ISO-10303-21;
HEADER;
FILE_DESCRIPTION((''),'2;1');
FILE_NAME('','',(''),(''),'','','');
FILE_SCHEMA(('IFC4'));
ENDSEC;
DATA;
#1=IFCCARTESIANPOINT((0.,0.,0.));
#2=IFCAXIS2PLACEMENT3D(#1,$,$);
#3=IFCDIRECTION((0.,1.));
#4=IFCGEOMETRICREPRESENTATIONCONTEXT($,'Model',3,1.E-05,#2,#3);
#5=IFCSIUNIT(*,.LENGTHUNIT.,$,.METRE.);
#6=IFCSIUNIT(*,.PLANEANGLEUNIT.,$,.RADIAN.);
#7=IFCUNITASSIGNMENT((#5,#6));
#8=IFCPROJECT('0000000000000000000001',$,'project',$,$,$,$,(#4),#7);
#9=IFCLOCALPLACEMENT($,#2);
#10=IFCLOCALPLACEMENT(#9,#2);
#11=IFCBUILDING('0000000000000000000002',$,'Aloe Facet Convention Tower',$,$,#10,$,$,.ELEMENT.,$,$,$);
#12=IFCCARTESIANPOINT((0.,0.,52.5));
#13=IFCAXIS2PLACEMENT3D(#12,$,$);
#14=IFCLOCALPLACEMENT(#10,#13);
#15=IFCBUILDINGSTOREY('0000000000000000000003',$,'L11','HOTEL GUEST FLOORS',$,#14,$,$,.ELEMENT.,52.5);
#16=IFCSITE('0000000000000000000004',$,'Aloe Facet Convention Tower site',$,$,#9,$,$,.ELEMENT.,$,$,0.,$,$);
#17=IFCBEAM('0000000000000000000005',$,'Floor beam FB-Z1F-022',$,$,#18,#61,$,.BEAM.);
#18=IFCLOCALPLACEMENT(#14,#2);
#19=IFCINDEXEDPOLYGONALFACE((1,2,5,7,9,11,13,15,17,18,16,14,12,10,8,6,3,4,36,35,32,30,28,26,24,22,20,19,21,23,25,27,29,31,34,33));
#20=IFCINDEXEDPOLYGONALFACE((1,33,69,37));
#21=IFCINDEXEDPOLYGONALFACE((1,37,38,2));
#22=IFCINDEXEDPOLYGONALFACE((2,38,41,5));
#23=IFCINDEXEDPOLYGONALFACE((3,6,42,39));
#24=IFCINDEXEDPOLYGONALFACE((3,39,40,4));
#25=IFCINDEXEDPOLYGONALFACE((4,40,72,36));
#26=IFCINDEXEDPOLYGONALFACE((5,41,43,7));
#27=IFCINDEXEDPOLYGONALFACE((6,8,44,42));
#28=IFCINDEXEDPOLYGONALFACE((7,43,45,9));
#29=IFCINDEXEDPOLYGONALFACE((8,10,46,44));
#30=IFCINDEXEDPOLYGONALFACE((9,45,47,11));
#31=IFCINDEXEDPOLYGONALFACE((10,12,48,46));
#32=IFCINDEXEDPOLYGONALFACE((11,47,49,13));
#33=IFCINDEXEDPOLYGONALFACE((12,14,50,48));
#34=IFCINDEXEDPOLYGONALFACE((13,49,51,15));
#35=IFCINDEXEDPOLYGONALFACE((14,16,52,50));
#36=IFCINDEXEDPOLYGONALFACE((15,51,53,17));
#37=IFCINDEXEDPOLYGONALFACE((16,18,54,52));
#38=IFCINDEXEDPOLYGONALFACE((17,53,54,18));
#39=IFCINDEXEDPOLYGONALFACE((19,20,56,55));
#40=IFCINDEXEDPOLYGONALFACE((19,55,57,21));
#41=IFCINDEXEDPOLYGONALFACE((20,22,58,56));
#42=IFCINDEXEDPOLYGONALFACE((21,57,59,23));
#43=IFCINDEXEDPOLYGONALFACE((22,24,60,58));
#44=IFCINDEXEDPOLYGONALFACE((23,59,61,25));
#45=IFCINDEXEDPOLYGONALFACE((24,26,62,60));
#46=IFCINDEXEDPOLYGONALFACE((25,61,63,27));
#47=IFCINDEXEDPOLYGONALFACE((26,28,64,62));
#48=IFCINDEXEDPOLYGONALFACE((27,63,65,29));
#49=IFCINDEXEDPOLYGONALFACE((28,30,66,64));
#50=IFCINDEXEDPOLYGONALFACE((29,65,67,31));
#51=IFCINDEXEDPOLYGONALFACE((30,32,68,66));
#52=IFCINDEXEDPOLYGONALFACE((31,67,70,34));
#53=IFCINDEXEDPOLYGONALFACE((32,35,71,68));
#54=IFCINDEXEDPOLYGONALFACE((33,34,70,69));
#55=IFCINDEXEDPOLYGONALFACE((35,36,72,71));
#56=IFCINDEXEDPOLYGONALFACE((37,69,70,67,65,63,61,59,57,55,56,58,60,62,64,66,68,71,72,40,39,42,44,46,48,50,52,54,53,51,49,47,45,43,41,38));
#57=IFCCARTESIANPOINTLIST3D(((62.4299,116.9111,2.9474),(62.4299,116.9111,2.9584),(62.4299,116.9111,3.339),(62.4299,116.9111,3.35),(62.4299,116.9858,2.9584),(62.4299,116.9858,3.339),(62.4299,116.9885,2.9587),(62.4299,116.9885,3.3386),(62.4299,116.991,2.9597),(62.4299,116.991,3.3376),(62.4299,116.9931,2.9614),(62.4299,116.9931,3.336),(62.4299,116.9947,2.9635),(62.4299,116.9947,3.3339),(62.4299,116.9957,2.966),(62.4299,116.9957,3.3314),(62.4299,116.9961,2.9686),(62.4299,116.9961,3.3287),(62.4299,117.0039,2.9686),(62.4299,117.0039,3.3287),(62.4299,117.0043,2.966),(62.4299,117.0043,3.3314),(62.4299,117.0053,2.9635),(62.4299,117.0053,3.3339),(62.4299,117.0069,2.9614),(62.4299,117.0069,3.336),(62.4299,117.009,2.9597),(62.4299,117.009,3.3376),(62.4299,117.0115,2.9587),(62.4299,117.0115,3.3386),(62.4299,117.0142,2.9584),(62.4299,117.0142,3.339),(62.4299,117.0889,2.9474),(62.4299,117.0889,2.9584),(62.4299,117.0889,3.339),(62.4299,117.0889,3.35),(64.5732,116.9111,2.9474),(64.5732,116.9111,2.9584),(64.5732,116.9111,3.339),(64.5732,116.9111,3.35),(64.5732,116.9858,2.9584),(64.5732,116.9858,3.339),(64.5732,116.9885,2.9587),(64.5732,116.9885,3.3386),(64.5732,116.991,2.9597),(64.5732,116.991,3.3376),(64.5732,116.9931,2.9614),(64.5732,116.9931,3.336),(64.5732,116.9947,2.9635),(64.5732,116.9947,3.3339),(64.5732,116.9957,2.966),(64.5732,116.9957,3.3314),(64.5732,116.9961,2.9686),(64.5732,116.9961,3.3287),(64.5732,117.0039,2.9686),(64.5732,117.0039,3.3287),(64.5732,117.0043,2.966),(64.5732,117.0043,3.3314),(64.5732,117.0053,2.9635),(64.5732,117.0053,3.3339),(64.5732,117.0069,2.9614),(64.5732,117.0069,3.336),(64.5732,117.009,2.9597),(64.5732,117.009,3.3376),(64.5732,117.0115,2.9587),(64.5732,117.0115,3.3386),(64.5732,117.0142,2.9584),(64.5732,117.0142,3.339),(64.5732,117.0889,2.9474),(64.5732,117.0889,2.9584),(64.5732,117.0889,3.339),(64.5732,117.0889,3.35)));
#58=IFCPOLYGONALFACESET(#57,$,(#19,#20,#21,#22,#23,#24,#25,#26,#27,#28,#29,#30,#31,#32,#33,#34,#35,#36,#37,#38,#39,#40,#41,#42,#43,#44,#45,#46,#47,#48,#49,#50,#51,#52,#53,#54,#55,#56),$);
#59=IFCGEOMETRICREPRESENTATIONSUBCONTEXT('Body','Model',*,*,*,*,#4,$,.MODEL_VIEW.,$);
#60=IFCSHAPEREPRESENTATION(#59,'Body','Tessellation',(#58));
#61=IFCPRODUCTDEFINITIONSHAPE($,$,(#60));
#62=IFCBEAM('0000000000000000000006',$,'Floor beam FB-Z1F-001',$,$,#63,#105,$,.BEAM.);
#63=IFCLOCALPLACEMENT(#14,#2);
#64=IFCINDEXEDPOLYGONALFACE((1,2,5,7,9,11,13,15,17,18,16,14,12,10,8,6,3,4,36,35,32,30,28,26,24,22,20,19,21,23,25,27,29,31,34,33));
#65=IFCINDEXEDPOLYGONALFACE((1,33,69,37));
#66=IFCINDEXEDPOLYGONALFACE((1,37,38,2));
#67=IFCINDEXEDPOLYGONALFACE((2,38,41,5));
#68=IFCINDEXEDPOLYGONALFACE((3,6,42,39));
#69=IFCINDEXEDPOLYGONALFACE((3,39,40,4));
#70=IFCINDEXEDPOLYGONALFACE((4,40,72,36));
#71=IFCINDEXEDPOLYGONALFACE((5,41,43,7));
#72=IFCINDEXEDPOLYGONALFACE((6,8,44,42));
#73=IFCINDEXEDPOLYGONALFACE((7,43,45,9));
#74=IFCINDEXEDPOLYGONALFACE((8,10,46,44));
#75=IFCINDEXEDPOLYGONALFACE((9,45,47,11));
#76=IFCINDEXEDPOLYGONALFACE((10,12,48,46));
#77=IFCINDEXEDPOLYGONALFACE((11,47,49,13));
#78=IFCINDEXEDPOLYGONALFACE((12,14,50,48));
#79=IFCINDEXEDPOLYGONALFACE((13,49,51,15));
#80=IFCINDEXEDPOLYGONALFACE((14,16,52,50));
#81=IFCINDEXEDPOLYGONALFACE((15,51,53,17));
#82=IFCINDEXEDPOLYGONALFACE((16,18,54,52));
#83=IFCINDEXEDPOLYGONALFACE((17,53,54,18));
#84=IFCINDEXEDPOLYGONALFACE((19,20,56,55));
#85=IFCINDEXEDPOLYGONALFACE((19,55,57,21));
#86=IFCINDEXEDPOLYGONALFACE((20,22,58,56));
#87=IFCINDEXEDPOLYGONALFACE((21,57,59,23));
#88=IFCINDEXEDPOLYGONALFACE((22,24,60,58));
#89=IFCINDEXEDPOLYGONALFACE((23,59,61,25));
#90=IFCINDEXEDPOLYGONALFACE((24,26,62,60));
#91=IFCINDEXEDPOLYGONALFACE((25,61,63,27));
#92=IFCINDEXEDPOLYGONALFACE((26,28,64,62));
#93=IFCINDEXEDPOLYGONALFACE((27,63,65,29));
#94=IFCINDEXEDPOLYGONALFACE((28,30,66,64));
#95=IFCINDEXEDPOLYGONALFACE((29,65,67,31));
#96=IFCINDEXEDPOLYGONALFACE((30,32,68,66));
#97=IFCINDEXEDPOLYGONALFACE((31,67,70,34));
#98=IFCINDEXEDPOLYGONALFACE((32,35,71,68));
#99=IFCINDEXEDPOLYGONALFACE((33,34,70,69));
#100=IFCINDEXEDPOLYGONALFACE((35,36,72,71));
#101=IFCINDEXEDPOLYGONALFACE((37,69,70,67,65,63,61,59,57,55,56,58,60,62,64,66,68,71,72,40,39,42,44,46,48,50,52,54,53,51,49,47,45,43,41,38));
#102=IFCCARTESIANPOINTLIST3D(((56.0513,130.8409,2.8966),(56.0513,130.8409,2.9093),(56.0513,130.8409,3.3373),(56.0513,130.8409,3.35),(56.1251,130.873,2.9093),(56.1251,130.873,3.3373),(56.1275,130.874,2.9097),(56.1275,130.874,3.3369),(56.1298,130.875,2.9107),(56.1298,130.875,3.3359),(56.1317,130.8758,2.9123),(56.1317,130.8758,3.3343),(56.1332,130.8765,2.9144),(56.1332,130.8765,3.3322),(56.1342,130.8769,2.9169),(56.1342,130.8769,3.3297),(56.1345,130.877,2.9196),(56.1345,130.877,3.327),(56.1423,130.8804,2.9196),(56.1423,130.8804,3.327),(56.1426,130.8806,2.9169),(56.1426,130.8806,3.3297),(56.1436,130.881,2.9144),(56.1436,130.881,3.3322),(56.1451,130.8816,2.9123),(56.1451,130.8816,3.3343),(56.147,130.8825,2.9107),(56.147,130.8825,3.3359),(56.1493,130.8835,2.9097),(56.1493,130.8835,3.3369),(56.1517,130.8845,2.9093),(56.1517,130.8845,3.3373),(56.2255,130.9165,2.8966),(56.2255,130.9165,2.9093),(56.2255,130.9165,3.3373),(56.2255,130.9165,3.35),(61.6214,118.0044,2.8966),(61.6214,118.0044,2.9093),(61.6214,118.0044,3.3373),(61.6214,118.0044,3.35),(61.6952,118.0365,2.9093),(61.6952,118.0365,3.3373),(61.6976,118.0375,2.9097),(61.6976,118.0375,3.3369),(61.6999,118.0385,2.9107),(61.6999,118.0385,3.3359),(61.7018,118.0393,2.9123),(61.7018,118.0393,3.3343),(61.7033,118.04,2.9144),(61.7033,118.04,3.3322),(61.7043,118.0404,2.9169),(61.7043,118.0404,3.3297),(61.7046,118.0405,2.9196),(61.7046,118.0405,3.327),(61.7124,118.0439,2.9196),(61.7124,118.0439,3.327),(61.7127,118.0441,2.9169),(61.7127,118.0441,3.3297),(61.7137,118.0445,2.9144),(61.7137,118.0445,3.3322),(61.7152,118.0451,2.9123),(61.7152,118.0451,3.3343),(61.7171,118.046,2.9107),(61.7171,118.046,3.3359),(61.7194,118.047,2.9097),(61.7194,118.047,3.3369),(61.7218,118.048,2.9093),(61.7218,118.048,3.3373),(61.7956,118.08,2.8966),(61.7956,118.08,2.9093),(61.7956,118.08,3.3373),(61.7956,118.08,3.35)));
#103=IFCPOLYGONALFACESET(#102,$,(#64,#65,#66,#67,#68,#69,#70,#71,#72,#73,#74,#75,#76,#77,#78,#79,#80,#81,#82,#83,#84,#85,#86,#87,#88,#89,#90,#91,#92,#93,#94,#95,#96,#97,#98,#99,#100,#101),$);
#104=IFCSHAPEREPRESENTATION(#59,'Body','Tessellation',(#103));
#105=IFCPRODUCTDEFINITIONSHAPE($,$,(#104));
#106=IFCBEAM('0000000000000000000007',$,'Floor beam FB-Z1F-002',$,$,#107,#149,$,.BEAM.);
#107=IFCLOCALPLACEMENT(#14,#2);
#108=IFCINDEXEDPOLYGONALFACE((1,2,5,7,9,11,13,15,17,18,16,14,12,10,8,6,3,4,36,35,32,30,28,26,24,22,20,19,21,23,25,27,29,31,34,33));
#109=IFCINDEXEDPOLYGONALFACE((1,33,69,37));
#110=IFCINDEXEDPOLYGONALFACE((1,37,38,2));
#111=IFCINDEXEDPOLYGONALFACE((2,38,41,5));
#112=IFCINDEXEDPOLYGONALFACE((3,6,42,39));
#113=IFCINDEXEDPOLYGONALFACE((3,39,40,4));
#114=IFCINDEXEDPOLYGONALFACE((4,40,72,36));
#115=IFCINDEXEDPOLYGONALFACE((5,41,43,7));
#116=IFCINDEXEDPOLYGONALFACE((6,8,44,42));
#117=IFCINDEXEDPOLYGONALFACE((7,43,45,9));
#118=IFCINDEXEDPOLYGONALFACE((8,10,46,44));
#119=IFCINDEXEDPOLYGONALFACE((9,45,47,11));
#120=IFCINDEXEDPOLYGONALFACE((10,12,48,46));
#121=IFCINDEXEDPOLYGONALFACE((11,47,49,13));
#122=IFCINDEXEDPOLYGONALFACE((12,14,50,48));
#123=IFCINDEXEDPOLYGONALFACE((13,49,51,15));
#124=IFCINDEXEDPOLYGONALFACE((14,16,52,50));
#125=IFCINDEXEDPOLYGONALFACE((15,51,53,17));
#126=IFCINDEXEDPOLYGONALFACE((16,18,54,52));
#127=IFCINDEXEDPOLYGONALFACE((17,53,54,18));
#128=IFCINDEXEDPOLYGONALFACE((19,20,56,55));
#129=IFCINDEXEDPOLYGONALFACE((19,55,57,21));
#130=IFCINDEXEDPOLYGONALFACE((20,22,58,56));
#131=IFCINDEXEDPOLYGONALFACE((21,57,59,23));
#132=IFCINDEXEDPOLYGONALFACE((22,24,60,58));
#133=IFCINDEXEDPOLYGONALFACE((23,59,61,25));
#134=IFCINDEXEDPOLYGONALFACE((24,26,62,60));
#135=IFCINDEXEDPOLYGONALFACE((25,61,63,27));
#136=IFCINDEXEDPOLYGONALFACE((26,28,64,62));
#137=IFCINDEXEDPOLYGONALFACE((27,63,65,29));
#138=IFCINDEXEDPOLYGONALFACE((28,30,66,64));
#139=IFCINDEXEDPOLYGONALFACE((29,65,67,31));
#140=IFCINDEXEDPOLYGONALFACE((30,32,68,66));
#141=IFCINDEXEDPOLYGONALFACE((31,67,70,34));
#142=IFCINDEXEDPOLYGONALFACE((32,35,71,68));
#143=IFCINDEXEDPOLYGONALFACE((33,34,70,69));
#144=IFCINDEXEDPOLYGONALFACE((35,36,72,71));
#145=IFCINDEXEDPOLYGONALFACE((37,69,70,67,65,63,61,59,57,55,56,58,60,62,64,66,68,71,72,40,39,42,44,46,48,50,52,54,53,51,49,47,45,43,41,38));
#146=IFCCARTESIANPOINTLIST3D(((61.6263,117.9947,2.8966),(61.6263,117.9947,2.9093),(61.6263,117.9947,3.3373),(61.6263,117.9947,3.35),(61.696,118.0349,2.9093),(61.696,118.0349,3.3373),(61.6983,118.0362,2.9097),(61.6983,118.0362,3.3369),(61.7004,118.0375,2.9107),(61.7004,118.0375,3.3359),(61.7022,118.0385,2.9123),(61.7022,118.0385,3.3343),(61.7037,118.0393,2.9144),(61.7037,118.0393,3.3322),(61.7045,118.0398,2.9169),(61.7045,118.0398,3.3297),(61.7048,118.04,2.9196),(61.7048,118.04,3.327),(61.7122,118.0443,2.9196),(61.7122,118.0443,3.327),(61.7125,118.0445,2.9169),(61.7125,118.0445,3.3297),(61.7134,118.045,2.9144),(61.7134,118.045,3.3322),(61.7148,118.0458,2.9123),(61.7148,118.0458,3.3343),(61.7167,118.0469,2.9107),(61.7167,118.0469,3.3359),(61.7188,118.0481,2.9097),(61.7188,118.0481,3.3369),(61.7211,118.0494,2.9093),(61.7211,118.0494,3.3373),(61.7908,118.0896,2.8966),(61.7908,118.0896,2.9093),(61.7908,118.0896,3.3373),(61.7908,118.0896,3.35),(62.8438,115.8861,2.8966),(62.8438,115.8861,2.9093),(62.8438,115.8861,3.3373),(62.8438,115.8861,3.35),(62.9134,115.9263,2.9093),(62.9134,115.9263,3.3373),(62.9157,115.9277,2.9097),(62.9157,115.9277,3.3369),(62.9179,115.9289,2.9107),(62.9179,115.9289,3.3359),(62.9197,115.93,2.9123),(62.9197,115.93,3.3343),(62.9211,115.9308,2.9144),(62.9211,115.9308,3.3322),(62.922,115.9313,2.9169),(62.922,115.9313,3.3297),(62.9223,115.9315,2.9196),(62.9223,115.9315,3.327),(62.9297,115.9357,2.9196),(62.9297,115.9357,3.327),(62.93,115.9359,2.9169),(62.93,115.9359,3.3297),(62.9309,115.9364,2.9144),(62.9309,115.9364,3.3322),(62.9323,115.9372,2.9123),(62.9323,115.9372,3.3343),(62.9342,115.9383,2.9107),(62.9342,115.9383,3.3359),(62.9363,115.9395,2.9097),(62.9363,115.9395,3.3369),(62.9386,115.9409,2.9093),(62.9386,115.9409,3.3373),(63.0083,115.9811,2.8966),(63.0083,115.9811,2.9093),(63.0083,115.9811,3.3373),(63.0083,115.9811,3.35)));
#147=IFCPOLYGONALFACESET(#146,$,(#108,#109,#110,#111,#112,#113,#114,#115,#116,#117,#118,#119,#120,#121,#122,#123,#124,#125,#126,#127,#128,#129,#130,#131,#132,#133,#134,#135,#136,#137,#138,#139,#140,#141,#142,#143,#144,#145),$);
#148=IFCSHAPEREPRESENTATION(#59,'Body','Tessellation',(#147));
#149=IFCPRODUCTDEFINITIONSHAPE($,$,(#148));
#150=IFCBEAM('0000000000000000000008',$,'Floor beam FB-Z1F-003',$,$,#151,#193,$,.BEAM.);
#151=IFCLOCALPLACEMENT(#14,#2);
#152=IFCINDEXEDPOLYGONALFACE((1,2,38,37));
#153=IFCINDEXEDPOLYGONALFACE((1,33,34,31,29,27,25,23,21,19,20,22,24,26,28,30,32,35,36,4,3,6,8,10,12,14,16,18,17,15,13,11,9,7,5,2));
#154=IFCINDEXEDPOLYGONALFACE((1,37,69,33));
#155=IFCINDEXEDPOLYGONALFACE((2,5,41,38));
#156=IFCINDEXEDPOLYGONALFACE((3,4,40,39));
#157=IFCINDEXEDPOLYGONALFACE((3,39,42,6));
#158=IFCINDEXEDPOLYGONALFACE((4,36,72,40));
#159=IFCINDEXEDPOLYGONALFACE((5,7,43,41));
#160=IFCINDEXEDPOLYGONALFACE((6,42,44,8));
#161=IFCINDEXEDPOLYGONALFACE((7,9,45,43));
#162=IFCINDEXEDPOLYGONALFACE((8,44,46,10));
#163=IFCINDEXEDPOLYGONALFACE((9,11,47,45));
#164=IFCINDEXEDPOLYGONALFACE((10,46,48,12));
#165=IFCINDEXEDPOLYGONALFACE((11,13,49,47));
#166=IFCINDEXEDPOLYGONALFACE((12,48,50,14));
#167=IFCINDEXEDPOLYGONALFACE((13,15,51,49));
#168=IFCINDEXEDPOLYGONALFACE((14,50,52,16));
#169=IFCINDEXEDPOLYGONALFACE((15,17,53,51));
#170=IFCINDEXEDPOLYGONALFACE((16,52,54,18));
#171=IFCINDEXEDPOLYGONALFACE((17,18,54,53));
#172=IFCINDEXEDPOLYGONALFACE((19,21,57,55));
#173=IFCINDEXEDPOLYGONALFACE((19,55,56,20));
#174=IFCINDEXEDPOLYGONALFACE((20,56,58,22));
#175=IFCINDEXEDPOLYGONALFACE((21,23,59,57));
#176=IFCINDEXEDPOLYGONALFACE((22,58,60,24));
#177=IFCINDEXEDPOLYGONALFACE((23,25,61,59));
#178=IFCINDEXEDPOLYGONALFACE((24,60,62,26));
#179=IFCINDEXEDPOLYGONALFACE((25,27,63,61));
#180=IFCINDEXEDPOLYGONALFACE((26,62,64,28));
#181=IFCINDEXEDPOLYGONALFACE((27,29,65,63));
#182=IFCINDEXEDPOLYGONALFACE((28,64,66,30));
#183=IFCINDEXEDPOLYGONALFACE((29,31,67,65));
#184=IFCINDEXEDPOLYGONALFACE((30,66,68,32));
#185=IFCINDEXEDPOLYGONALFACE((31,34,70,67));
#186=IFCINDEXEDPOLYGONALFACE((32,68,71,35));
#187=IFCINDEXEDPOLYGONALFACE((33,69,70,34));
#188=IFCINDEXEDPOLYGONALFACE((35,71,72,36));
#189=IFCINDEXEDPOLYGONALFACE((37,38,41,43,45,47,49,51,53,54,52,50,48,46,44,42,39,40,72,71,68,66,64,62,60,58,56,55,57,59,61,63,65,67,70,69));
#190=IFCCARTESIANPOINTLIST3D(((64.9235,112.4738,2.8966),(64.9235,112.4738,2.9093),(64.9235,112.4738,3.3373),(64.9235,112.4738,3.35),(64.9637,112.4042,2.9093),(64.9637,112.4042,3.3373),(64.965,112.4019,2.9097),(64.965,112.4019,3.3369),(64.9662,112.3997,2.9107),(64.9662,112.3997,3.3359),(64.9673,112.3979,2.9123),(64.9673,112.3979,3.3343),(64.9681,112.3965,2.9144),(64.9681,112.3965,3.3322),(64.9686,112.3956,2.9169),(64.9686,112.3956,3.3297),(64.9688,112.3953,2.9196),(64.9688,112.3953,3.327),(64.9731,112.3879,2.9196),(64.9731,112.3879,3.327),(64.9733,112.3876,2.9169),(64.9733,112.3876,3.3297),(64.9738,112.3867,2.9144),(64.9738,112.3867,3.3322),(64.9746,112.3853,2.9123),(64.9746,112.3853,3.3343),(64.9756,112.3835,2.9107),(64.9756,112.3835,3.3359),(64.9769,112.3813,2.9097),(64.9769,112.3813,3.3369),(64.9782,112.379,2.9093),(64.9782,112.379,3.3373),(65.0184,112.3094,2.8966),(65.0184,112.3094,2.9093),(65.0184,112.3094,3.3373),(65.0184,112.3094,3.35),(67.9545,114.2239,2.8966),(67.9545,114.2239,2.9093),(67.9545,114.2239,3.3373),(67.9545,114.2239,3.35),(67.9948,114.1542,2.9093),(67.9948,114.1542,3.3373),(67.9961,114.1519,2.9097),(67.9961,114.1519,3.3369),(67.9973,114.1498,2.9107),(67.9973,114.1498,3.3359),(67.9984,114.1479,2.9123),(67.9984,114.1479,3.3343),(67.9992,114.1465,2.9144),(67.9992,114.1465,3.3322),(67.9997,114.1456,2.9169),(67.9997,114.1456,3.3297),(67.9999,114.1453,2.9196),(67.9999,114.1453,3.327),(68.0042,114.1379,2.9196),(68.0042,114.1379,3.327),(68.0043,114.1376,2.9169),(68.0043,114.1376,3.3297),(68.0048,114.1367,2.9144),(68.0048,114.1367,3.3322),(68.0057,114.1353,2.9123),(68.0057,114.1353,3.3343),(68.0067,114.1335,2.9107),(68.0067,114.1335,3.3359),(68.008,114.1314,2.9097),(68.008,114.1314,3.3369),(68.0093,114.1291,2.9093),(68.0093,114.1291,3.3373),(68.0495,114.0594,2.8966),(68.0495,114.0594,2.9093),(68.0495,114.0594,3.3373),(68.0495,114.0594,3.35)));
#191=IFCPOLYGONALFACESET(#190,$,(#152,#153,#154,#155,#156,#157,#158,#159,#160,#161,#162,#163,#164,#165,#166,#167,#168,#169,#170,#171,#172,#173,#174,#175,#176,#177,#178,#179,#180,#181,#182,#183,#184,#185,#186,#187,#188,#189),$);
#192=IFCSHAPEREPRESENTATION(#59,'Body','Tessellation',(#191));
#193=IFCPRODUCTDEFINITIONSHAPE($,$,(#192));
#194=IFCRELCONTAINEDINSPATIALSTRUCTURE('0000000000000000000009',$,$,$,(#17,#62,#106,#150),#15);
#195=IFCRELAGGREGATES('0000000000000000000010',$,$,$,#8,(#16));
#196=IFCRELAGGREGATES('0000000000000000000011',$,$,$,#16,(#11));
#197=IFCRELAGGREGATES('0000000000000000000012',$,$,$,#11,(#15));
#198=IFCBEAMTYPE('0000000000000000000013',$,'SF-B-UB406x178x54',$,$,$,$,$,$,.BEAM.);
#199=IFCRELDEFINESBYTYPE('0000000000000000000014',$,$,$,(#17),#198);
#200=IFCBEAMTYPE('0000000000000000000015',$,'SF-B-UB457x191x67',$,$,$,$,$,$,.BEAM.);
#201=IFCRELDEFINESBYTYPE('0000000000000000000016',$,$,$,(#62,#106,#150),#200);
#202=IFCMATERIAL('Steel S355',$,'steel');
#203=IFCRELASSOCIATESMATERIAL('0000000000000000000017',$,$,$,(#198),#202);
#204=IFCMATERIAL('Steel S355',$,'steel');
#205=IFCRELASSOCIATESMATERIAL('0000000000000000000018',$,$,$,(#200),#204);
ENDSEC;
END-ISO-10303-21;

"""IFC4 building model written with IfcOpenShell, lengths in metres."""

from ifc_helpers import new_model, si_unit, direction, frame, origin, origin_2d, place, context, subcontext, project, spatial, i_section, extrude, material, material_profile, profile_set, type_object, element, save


model = new_model("IFC4")

# Units and contexts
model_context = context("Model", 3, precision=1e-05, world=origin(), true_north=direction((0.0, 1.0)))
body_context = subcontext(model_context, "Body", "Model", "MODEL_VIEW")
ifc_project = project(units=[si_unit("LENGTHUNIT", "METRE"), si_unit("PLANEANGLEUNIT", "RADIAN")], contexts=[model_context])

# Site, building, storey
site_placement = place(None, origin())
site = spatial("IfcSite", under=ifc_project, at=site_placement, Name="Aloe Facet Convention Tower site", CompositionType="ELEMENT", RefElevation=0.0)
building_placement = place(site_placement, origin())
building = spatial("IfcBuilding", under=site, at=building_placement, Name="Aloe Facet Convention Tower", CompositionType="ELEMENT")
storey_placement = place(building_placement, frame((0.0, 0.0, 52.5)))
storey = spatial("IfcBuildingStorey", under=building, at=storey_placement, Name="L11", Description="HOTEL GUEST FLOORS", CompositionType="ELEMENT", Elevation=52.5)

# Beams
ifc_material_1 = material(Name="Steel S355", Category="steel")
ifc_material_profile_1 = material_profile(ifc_material_1, i_section(OverallWidth=0.1777, OverallDepth=0.4026, WebThickness=0.0078, FlangeThickness=0.011, FilletRadius=0.0103, at=origin_2d()), Name="UB 406x178x54")
ifc_profile_set_1 = profile_set([ifc_material_profile_1], Name="Steel S355")
beam_type_1 = type_object("IfcBeamType", Name="SF-B-UB406x178x54", PredefinedType="BEAM", material=ifc_profile_set_1)
beam_1_placement = place(storey_placement, frame((62.4299, 117.0, 3.1487), z_axis=(1.0, 0.0, 0.0), x_axis=(0.0, 1.0, 0.0)))
element("IfcBeam", 1, at=beam_1_placement, inside=storey, type_object=beam_type_1, Name="Floor beam FB-Z1F-022", PredefinedType="BEAM", context=body_context, shape_type="SweptSolid", body=[
    extrude(i_section(OverallWidth=0.1777, OverallDepth=0.4026, WebThickness=0.0078, FlangeThickness=0.011, FilletRadius=0.0103, at=origin_2d()), origin(), (0.0, 0.0, 1.0), 2.1433),
])
ifc_material_2 = material(Name="Steel S355", Category="steel")
ifc_material_profile_2 = material_profile(ifc_material_2, i_section(OverallWidth=0.1899, OverallDepth=0.4534, WebThickness=0.0085, FlangeThickness=0.0127, FilletRadius=0.0103, at=origin_2d()), Name="UB 457x191x67")
ifc_profile_set_2 = profile_set([ifc_material_profile_2], Name="Steel S355")
beam_type_2 = type_object("IfcBeamType", Name="SF-B-UB457x191x67", PredefinedType="BEAM", material=ifc_profile_set_2)
beam_2_placement = place(storey_placement, frame((61.7085, 118.0422, 3.1233), z_axis=(-0.398066, 0.917357, 0.0), x_axis=(-0.917357, -0.398066, 0.0)))
element("IfcBeam", 2, at=beam_2_placement, inside=storey, type_object=beam_type_2, Name="Floor beam FB-Z1F-001", PredefinedType="BEAM", context=body_context, shape_type="SweptSolid", body=[
    extrude(i_section(OverallWidth=0.1899, OverallDepth=0.4534, WebThickness=0.0085, FlangeThickness=0.0127, FilletRadius=0.0103, at=origin_2d()), origin(), (0.0, 0.0, 1.0), 13.9929),
])
beam_3_placement = place(storey_placement, frame((62.926, 115.9336, 3.1233), z_axis=(-0.500032, 0.866007, 0.0), x_axis=(-0.866007, -0.500032, 0.0)))
element("IfcBeam", 3, at=beam_3_placement, inside=storey, type_object=beam_type_2, Name="Floor beam FB-Z1F-002", PredefinedType="BEAM", context=body_context, shape_type="SweptSolid", body=[
    extrude(i_section(OverallWidth=0.1899, OverallDepth=0.4534, WebThickness=0.0085, FlangeThickness=0.0127, FilletRadius=0.0103, at=origin_2d()), origin(), (0.0, 0.0, 1.0), 2.4348),
])
for number, where, z_axis, x_axis, name in (
    (4, (64.9709, 112.3916, 3.1233), (0.866019, 0.50001, 0.0), (-0.50001, 0.866019, 0.0), "Floor beam FB-Z1F-003"),
):
    element("IfcBeam", number, at=place(storey_placement, frame(where, z_axis=z_axis, x_axis=x_axis)), inside=storey, type_object=beam_type_2, Name=name, PredefinedType="BEAM", context=body_context, shape_type="SweptSolid", body=[
        extrude(i_section(OverallWidth=0.1899, OverallDepth=0.4534, WebThickness=0.0085, FlangeThickness=0.0127, FilletRadius=0.0103, at=origin_2d()), origin(), (0.0, 0.0, 1.0), 3.5),
    ])

save(model, "model.ifc")
